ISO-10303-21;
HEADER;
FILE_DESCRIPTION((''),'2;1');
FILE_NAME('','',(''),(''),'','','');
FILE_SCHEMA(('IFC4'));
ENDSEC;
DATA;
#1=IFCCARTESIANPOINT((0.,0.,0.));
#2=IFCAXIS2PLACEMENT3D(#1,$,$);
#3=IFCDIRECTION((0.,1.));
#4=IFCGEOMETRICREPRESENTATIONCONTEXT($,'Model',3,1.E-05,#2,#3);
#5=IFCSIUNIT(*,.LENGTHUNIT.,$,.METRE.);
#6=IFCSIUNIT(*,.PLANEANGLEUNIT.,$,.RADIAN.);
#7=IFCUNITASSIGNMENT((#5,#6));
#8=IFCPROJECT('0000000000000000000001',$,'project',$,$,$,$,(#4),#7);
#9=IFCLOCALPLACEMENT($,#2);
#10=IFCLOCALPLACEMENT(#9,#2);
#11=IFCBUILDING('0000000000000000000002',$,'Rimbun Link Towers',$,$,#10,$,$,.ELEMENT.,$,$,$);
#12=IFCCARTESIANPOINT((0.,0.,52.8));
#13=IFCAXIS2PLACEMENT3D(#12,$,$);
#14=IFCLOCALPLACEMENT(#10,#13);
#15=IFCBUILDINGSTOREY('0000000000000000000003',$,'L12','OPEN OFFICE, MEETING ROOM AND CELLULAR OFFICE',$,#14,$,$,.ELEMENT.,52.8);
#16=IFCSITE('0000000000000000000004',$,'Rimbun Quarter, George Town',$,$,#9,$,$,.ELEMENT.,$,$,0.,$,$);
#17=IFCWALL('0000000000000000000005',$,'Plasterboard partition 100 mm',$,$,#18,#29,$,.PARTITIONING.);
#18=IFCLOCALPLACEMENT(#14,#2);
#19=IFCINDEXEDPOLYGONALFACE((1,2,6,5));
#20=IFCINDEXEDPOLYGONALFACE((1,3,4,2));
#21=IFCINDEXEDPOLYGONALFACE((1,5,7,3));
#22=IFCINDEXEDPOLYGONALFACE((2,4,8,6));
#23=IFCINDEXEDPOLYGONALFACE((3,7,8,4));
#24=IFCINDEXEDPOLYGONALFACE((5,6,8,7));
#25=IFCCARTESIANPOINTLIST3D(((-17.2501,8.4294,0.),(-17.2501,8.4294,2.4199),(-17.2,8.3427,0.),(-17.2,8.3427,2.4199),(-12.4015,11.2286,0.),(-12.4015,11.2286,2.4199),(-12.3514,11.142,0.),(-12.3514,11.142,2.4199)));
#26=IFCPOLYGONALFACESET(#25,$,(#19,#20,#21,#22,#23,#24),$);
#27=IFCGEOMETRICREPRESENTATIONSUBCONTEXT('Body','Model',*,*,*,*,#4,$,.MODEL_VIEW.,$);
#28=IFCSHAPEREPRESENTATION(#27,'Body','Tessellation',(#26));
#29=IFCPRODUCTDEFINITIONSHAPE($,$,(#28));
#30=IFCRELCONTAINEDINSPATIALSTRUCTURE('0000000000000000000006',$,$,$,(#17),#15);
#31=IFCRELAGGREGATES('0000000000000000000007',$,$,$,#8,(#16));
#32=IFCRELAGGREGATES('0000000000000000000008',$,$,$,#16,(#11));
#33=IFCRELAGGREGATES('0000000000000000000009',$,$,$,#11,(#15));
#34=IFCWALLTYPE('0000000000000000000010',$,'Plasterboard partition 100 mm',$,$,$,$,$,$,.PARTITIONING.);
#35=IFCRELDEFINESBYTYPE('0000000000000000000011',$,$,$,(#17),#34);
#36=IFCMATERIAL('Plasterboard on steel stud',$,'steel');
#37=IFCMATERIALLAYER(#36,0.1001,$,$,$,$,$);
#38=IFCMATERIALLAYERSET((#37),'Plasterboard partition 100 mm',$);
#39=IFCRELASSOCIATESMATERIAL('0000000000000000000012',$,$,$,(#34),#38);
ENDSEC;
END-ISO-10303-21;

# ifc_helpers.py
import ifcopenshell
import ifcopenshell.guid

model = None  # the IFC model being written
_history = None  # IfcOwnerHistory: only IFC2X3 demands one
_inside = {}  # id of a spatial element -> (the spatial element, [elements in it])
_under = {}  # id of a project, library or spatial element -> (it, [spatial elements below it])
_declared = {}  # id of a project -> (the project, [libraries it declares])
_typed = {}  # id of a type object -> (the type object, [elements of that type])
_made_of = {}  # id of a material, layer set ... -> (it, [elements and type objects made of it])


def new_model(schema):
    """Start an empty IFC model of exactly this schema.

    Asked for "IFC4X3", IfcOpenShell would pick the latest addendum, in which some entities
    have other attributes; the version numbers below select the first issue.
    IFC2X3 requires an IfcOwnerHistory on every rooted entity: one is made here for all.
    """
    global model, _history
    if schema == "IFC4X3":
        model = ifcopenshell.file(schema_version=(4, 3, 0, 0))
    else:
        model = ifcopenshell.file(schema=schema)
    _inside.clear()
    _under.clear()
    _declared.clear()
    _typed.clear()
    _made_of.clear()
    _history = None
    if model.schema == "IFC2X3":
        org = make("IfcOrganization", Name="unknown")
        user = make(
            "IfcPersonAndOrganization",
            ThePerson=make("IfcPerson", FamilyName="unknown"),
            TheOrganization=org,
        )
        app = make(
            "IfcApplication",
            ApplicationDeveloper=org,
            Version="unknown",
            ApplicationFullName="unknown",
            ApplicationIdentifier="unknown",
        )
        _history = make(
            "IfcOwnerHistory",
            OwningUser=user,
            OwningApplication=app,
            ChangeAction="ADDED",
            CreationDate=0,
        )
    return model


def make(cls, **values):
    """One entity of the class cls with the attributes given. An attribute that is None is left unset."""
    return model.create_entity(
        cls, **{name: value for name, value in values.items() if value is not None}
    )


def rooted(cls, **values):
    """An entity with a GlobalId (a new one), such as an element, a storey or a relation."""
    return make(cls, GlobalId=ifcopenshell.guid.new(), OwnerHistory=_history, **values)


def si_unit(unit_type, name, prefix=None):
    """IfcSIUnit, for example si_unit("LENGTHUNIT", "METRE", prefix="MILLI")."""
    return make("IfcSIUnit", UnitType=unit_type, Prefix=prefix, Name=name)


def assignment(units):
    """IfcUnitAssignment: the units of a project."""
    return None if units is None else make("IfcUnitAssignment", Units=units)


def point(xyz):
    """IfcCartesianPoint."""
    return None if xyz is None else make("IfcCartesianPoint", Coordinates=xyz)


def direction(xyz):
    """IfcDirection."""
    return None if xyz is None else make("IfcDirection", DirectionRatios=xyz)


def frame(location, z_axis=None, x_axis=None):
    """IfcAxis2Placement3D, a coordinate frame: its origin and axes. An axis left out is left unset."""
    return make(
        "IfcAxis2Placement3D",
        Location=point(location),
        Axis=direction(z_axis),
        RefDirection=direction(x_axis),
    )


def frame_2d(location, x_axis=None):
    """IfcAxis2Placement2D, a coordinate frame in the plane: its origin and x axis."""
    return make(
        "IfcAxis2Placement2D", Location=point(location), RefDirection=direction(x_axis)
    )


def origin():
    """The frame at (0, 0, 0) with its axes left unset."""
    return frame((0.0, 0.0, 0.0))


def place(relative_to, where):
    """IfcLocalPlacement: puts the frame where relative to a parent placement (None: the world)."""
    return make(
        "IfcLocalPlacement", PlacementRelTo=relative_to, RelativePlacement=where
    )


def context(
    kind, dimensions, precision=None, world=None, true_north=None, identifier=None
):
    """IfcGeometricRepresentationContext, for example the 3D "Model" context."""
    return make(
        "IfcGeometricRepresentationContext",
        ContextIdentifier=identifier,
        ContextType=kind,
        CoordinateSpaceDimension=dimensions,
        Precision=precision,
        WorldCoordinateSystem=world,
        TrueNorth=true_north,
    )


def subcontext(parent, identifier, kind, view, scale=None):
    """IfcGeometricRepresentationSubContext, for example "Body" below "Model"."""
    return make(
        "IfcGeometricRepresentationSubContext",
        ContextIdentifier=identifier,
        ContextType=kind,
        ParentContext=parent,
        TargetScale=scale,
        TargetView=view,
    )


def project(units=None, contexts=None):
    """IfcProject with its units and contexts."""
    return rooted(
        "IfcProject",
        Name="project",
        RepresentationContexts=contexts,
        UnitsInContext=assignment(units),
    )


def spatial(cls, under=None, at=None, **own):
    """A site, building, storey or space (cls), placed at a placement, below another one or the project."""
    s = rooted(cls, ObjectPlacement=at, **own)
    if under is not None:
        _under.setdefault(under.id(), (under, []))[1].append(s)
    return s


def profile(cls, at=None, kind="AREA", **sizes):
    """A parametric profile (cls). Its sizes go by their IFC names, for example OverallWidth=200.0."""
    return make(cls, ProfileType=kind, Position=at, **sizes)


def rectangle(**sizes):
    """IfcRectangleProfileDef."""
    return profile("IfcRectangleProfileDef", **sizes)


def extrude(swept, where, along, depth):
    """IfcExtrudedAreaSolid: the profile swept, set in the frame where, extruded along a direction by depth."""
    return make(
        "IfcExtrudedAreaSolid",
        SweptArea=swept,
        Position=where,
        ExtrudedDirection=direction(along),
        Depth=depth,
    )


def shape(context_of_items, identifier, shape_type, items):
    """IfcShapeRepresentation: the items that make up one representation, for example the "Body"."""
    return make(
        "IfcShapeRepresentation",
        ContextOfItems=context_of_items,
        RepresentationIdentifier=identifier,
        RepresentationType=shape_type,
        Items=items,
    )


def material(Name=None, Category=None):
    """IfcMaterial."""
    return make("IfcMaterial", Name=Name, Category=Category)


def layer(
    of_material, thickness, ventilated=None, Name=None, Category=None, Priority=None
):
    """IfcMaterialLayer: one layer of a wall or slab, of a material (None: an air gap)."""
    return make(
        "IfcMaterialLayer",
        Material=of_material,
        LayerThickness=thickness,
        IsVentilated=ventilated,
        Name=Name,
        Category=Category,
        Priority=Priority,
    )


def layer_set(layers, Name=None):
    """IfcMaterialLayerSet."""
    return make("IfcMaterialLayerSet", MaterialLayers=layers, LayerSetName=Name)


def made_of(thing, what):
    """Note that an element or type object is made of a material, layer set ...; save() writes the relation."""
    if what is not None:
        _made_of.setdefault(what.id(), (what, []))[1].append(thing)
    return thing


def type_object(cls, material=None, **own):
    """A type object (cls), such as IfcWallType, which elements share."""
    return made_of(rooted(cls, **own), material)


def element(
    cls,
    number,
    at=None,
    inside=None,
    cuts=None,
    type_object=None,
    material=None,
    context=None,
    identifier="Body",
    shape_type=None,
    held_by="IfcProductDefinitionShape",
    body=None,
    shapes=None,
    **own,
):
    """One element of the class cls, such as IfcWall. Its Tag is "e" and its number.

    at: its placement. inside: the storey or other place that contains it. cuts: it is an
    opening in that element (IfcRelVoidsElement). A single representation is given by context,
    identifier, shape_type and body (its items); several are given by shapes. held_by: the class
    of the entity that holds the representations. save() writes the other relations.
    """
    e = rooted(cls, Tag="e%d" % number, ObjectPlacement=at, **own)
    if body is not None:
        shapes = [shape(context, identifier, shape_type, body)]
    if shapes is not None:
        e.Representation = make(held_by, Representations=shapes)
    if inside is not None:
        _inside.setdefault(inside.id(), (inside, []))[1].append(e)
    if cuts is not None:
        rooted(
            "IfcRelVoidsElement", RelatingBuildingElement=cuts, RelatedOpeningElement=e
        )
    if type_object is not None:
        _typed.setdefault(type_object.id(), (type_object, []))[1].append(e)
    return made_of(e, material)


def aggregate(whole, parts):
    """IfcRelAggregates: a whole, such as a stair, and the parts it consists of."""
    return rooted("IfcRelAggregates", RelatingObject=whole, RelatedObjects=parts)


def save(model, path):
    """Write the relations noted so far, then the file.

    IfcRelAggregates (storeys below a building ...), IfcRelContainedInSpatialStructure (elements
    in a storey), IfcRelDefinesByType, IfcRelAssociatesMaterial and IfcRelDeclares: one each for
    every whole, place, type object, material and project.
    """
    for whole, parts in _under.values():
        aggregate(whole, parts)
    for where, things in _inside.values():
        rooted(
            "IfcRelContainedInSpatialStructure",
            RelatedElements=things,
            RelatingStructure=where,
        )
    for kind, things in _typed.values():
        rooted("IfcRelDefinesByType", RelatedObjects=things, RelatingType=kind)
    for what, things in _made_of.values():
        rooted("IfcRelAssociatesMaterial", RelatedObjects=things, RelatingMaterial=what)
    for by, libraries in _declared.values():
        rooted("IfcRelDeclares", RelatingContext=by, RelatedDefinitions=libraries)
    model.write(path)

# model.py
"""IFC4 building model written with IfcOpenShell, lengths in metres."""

from ifc_helpers import new_model, si_unit, direction, frame, frame_2d, origin, place, context, subcontext, project, spatial, rectangle, extrude, material, layer, layer_set, type_object, element, save


model = new_model("IFC4")

# Units and contexts
model_context = context("Model", 3, precision=1e-05, world=origin(), true_north=direction((0.0, 1.0)))
body_context = subcontext(model_context, "Body", "Model", "MODEL_VIEW")
ifc_project = project(units=[si_unit("LENGTHUNIT", "METRE"), si_unit("PLANEANGLEUNIT", "RADIAN")], contexts=[model_context])

# Site, building, storey
site_placement = place(None, origin())
site = spatial("IfcSite", under=ifc_project, at=site_placement, Name="Rimbun Quarter, George Town", CompositionType="ELEMENT", RefElevation=0.0)
building_placement = place(site_placement, origin())
building = spatial("IfcBuilding", under=site, at=building_placement, Name="Rimbun Link Towers", CompositionType="ELEMENT")
storey_placement = place(building_placement, frame((0.0, 0.0, 52.8)))
storey = spatial("IfcBuildingStorey", under=building, at=storey_placement, Name="L12", Description="OPEN OFFICE, MEETING ROOM AND CELLULAR OFFICE", CompositionType="ELEMENT", Elevation=52.8)

# Wall
ifc_material_1 = material(Name="Plasterboard on steel stud", Category="steel")
ifc_layer_1 = layer(ifc_material_1, 0.1001)
ifc_layer_set_1 = layer_set([ifc_layer_1], Name="Plasterboard partition 100 mm")
wall_type = type_object("IfcWallType", Name="Plasterboard partition 100 mm", PredefinedType="PARTITIONING", material=ifc_layer_set_1)
wall_placement = place(storey_placement, frame((-12.3765, 11.1853, 0.0), z_axis=(0.0, 0.0, 1.0), x_axis=(-0.866029, -0.499994, 0.0)))
element("IfcWall", 1, at=wall_placement, inside=storey, type_object=wall_type, Name="Plasterboard partition 100 mm", PredefinedType="PARTITIONING", context=body_context, shape_type="SweptSolid", body=[
    extrude(rectangle(XDim=5.5986, YDim=0.1001, at=frame_2d((2.7993, 0.0))), origin(), (0.0, 0.0, 1.0), 2.4199),
])

save(model, "model.ifc")
